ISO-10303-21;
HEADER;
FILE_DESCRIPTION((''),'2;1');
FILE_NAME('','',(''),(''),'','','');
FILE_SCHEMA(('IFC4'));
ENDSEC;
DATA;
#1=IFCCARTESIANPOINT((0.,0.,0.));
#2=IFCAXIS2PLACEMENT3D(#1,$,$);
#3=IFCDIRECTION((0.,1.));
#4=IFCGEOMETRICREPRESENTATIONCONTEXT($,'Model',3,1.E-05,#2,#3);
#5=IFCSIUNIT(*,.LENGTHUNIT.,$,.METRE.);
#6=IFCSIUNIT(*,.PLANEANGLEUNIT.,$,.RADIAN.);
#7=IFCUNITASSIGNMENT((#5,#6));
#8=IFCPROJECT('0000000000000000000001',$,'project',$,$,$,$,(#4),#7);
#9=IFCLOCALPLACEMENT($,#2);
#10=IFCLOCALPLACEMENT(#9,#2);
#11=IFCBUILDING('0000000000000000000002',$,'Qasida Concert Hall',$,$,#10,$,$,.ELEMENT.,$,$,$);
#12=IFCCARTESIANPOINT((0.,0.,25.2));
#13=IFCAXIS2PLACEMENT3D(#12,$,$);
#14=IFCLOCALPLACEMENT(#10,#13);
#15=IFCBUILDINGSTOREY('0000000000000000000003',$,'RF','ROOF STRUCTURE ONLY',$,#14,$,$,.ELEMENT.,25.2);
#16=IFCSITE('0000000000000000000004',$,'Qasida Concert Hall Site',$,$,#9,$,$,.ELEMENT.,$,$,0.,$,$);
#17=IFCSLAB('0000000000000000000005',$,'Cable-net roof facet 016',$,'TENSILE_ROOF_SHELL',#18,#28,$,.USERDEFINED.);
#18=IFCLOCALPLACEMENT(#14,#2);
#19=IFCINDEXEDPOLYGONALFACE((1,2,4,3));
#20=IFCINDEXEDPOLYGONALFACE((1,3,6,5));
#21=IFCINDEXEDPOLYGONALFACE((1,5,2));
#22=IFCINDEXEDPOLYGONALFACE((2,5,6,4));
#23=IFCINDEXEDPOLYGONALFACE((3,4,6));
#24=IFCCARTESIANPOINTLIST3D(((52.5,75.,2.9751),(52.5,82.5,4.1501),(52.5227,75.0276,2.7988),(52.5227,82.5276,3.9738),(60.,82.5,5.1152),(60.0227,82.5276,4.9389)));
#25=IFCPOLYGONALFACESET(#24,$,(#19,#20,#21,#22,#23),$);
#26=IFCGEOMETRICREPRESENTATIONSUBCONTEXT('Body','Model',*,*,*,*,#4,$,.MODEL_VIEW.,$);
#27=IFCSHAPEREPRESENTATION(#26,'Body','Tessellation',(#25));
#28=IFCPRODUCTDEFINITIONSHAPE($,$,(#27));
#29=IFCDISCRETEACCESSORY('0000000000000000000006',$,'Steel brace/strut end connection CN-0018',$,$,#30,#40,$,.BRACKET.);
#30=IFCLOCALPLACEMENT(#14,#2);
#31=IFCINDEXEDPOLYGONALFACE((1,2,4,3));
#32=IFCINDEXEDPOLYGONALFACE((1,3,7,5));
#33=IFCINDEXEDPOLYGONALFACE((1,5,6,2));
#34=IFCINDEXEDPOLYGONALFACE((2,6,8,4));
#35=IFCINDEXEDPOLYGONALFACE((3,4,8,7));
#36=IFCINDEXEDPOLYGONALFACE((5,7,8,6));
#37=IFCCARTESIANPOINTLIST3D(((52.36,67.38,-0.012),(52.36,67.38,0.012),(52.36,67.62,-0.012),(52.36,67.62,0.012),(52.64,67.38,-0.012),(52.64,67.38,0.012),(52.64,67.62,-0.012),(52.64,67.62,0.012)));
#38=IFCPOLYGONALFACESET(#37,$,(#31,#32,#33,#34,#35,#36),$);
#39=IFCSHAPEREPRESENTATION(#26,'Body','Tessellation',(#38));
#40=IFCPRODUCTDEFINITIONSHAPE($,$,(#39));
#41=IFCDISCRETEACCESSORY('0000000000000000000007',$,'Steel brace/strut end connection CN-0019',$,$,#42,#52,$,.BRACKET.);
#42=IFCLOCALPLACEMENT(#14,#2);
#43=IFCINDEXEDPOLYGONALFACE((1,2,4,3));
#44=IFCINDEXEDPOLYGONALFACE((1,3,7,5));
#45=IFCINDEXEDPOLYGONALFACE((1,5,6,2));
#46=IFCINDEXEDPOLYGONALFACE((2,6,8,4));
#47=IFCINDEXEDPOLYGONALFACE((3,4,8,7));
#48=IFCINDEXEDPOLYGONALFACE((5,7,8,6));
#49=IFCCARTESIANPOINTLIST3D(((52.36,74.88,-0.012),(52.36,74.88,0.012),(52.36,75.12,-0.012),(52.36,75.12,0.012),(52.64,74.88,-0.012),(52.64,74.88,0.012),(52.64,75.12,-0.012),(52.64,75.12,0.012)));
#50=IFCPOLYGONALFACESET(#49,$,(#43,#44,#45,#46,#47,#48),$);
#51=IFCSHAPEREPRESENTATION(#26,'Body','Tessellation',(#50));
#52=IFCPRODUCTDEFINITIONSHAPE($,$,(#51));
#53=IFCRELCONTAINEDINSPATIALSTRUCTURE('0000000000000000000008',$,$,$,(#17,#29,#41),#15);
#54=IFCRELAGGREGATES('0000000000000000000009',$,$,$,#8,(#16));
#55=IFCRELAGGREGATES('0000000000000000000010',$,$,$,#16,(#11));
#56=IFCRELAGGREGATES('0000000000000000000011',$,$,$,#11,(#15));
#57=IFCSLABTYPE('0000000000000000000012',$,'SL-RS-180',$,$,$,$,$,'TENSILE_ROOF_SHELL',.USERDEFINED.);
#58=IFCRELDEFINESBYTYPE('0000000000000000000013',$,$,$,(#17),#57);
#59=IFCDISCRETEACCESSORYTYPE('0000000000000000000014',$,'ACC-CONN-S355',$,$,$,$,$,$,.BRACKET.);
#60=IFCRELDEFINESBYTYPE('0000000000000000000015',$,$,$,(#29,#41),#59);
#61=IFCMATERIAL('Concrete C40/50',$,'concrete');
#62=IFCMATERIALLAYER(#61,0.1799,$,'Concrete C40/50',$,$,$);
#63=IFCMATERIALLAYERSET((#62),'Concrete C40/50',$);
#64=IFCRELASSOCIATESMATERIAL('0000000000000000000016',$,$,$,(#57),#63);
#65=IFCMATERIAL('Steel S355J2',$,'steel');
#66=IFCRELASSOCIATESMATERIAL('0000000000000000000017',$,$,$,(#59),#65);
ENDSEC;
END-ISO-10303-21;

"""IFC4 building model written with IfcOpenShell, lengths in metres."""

from ifc_helpers import new_model, si_unit, direction, frame, origin, origin_2d, place, context, subcontext, project, spatial, polyline, rectangle, outline, extrude, material, layer, layer_set, type_object, element, save


model = new_model("IFC4")

# Units and contexts
model_context = context("Model", 3, precision=1e-05, world=origin(), true_north=direction((0.0, 1.0)))
body_context = subcontext(model_context, "Body", "Model", "MODEL_VIEW")
ifc_project = project(units=[si_unit("LENGTHUNIT", "METRE"), si_unit("PLANEANGLEUNIT", "RADIAN")], contexts=[model_context])

# Site, building, storey
site_placement = place(None, origin())
site = spatial("IfcSite", under=ifc_project, at=site_placement, Name="Qasida Concert Hall Site", CompositionType="ELEMENT", RefElevation=0.0)
building_placement = place(site_placement, origin())
building = spatial("IfcBuilding", under=site, at=building_placement, Name="Qasida Concert Hall", CompositionType="ELEMENT")
storey_placement = place(building_placement, frame((0.0, 0.0, 25.2)))
storey = spatial("IfcBuildingStorey", under=building, at=storey_placement, Name="RF", Description="ROOF STRUCTURE ONLY", CompositionType="ELEMENT", Elevation=25.2)

# Shared definitions
ifc_material_1 = material(Name="Steel S355J2", Category="steel")

# Slab
ifc_material_2 = material(Name="Concrete C40/50", Category="concrete")
ifc_layer_1 = layer(ifc_material_2, 0.1799, Name="Concrete C40/50")
ifc_layer_set_1 = layer_set([ifc_layer_1], Name="Concrete C40/50")
slab_type = type_object("IfcSlabType", Name="SL-RS-180", ElementType="TENSILE_ROOF_SHELL", PredefinedType="USERDEFINED", material=ifc_layer_set_1)
slab_1_placement = place(storey_placement, frame((52.5, 75.0, 2.9751), z_axis=(-0.126113, -0.153549, 0.98006), x_axis=(0.693138, 0.693138, 0.197788)))
element("IfcSlab", 1, at=slab_1_placement, inside=storey, type_object=slab_type, Name="Cable-net roof facet 016", ObjectType="TENSILE_ROOF_SHELL", PredefinedType="USERDEFINED", context=body_context, shape_type="SweptSolid", body=[
    extrude(outline(polyline([(0.0, 0.0), (10.8204, 0.0), (5.4309, 5.3043), (0.0, 0.0)])), origin(), (0.0, 0.0, -1.0), 0.1799),
])

# Discrete accessories
discrete_accessory_type = type_object("IfcDiscreteAccessoryType", Name="ACC-CONN-S355", PredefinedType="BRACKET", material=ifc_material_1)
for number, where, z_axis, x_axis, name in (
    (2, (52.5, 67.5, -0.012), (0.0, 0.0, 1.0), (1.0, 0.0, 0.0), "Steel brace/strut end connection CN-0018"),
    (3, (52.5, 75.0, -0.012), (0.0, 0.0, 1.0), (1.0, 0.0, 0.0), "Steel brace/strut end connection CN-0019"),
):
    element("IfcDiscreteAccessory", number, at=place(storey_placement, frame(where, z_axis=z_axis, x_axis=x_axis)), inside=storey, type_object=discrete_accessory_type, Name=name, PredefinedType="BRACKET", context=body_context, shape_type="SweptSolid", body=[
        extrude(rectangle(XDim=0.28, YDim=0.24, at=origin_2d()), origin(), (0.0, 0.0, 1.0), 0.0239),
    ])

save(model, "model.ifc")
